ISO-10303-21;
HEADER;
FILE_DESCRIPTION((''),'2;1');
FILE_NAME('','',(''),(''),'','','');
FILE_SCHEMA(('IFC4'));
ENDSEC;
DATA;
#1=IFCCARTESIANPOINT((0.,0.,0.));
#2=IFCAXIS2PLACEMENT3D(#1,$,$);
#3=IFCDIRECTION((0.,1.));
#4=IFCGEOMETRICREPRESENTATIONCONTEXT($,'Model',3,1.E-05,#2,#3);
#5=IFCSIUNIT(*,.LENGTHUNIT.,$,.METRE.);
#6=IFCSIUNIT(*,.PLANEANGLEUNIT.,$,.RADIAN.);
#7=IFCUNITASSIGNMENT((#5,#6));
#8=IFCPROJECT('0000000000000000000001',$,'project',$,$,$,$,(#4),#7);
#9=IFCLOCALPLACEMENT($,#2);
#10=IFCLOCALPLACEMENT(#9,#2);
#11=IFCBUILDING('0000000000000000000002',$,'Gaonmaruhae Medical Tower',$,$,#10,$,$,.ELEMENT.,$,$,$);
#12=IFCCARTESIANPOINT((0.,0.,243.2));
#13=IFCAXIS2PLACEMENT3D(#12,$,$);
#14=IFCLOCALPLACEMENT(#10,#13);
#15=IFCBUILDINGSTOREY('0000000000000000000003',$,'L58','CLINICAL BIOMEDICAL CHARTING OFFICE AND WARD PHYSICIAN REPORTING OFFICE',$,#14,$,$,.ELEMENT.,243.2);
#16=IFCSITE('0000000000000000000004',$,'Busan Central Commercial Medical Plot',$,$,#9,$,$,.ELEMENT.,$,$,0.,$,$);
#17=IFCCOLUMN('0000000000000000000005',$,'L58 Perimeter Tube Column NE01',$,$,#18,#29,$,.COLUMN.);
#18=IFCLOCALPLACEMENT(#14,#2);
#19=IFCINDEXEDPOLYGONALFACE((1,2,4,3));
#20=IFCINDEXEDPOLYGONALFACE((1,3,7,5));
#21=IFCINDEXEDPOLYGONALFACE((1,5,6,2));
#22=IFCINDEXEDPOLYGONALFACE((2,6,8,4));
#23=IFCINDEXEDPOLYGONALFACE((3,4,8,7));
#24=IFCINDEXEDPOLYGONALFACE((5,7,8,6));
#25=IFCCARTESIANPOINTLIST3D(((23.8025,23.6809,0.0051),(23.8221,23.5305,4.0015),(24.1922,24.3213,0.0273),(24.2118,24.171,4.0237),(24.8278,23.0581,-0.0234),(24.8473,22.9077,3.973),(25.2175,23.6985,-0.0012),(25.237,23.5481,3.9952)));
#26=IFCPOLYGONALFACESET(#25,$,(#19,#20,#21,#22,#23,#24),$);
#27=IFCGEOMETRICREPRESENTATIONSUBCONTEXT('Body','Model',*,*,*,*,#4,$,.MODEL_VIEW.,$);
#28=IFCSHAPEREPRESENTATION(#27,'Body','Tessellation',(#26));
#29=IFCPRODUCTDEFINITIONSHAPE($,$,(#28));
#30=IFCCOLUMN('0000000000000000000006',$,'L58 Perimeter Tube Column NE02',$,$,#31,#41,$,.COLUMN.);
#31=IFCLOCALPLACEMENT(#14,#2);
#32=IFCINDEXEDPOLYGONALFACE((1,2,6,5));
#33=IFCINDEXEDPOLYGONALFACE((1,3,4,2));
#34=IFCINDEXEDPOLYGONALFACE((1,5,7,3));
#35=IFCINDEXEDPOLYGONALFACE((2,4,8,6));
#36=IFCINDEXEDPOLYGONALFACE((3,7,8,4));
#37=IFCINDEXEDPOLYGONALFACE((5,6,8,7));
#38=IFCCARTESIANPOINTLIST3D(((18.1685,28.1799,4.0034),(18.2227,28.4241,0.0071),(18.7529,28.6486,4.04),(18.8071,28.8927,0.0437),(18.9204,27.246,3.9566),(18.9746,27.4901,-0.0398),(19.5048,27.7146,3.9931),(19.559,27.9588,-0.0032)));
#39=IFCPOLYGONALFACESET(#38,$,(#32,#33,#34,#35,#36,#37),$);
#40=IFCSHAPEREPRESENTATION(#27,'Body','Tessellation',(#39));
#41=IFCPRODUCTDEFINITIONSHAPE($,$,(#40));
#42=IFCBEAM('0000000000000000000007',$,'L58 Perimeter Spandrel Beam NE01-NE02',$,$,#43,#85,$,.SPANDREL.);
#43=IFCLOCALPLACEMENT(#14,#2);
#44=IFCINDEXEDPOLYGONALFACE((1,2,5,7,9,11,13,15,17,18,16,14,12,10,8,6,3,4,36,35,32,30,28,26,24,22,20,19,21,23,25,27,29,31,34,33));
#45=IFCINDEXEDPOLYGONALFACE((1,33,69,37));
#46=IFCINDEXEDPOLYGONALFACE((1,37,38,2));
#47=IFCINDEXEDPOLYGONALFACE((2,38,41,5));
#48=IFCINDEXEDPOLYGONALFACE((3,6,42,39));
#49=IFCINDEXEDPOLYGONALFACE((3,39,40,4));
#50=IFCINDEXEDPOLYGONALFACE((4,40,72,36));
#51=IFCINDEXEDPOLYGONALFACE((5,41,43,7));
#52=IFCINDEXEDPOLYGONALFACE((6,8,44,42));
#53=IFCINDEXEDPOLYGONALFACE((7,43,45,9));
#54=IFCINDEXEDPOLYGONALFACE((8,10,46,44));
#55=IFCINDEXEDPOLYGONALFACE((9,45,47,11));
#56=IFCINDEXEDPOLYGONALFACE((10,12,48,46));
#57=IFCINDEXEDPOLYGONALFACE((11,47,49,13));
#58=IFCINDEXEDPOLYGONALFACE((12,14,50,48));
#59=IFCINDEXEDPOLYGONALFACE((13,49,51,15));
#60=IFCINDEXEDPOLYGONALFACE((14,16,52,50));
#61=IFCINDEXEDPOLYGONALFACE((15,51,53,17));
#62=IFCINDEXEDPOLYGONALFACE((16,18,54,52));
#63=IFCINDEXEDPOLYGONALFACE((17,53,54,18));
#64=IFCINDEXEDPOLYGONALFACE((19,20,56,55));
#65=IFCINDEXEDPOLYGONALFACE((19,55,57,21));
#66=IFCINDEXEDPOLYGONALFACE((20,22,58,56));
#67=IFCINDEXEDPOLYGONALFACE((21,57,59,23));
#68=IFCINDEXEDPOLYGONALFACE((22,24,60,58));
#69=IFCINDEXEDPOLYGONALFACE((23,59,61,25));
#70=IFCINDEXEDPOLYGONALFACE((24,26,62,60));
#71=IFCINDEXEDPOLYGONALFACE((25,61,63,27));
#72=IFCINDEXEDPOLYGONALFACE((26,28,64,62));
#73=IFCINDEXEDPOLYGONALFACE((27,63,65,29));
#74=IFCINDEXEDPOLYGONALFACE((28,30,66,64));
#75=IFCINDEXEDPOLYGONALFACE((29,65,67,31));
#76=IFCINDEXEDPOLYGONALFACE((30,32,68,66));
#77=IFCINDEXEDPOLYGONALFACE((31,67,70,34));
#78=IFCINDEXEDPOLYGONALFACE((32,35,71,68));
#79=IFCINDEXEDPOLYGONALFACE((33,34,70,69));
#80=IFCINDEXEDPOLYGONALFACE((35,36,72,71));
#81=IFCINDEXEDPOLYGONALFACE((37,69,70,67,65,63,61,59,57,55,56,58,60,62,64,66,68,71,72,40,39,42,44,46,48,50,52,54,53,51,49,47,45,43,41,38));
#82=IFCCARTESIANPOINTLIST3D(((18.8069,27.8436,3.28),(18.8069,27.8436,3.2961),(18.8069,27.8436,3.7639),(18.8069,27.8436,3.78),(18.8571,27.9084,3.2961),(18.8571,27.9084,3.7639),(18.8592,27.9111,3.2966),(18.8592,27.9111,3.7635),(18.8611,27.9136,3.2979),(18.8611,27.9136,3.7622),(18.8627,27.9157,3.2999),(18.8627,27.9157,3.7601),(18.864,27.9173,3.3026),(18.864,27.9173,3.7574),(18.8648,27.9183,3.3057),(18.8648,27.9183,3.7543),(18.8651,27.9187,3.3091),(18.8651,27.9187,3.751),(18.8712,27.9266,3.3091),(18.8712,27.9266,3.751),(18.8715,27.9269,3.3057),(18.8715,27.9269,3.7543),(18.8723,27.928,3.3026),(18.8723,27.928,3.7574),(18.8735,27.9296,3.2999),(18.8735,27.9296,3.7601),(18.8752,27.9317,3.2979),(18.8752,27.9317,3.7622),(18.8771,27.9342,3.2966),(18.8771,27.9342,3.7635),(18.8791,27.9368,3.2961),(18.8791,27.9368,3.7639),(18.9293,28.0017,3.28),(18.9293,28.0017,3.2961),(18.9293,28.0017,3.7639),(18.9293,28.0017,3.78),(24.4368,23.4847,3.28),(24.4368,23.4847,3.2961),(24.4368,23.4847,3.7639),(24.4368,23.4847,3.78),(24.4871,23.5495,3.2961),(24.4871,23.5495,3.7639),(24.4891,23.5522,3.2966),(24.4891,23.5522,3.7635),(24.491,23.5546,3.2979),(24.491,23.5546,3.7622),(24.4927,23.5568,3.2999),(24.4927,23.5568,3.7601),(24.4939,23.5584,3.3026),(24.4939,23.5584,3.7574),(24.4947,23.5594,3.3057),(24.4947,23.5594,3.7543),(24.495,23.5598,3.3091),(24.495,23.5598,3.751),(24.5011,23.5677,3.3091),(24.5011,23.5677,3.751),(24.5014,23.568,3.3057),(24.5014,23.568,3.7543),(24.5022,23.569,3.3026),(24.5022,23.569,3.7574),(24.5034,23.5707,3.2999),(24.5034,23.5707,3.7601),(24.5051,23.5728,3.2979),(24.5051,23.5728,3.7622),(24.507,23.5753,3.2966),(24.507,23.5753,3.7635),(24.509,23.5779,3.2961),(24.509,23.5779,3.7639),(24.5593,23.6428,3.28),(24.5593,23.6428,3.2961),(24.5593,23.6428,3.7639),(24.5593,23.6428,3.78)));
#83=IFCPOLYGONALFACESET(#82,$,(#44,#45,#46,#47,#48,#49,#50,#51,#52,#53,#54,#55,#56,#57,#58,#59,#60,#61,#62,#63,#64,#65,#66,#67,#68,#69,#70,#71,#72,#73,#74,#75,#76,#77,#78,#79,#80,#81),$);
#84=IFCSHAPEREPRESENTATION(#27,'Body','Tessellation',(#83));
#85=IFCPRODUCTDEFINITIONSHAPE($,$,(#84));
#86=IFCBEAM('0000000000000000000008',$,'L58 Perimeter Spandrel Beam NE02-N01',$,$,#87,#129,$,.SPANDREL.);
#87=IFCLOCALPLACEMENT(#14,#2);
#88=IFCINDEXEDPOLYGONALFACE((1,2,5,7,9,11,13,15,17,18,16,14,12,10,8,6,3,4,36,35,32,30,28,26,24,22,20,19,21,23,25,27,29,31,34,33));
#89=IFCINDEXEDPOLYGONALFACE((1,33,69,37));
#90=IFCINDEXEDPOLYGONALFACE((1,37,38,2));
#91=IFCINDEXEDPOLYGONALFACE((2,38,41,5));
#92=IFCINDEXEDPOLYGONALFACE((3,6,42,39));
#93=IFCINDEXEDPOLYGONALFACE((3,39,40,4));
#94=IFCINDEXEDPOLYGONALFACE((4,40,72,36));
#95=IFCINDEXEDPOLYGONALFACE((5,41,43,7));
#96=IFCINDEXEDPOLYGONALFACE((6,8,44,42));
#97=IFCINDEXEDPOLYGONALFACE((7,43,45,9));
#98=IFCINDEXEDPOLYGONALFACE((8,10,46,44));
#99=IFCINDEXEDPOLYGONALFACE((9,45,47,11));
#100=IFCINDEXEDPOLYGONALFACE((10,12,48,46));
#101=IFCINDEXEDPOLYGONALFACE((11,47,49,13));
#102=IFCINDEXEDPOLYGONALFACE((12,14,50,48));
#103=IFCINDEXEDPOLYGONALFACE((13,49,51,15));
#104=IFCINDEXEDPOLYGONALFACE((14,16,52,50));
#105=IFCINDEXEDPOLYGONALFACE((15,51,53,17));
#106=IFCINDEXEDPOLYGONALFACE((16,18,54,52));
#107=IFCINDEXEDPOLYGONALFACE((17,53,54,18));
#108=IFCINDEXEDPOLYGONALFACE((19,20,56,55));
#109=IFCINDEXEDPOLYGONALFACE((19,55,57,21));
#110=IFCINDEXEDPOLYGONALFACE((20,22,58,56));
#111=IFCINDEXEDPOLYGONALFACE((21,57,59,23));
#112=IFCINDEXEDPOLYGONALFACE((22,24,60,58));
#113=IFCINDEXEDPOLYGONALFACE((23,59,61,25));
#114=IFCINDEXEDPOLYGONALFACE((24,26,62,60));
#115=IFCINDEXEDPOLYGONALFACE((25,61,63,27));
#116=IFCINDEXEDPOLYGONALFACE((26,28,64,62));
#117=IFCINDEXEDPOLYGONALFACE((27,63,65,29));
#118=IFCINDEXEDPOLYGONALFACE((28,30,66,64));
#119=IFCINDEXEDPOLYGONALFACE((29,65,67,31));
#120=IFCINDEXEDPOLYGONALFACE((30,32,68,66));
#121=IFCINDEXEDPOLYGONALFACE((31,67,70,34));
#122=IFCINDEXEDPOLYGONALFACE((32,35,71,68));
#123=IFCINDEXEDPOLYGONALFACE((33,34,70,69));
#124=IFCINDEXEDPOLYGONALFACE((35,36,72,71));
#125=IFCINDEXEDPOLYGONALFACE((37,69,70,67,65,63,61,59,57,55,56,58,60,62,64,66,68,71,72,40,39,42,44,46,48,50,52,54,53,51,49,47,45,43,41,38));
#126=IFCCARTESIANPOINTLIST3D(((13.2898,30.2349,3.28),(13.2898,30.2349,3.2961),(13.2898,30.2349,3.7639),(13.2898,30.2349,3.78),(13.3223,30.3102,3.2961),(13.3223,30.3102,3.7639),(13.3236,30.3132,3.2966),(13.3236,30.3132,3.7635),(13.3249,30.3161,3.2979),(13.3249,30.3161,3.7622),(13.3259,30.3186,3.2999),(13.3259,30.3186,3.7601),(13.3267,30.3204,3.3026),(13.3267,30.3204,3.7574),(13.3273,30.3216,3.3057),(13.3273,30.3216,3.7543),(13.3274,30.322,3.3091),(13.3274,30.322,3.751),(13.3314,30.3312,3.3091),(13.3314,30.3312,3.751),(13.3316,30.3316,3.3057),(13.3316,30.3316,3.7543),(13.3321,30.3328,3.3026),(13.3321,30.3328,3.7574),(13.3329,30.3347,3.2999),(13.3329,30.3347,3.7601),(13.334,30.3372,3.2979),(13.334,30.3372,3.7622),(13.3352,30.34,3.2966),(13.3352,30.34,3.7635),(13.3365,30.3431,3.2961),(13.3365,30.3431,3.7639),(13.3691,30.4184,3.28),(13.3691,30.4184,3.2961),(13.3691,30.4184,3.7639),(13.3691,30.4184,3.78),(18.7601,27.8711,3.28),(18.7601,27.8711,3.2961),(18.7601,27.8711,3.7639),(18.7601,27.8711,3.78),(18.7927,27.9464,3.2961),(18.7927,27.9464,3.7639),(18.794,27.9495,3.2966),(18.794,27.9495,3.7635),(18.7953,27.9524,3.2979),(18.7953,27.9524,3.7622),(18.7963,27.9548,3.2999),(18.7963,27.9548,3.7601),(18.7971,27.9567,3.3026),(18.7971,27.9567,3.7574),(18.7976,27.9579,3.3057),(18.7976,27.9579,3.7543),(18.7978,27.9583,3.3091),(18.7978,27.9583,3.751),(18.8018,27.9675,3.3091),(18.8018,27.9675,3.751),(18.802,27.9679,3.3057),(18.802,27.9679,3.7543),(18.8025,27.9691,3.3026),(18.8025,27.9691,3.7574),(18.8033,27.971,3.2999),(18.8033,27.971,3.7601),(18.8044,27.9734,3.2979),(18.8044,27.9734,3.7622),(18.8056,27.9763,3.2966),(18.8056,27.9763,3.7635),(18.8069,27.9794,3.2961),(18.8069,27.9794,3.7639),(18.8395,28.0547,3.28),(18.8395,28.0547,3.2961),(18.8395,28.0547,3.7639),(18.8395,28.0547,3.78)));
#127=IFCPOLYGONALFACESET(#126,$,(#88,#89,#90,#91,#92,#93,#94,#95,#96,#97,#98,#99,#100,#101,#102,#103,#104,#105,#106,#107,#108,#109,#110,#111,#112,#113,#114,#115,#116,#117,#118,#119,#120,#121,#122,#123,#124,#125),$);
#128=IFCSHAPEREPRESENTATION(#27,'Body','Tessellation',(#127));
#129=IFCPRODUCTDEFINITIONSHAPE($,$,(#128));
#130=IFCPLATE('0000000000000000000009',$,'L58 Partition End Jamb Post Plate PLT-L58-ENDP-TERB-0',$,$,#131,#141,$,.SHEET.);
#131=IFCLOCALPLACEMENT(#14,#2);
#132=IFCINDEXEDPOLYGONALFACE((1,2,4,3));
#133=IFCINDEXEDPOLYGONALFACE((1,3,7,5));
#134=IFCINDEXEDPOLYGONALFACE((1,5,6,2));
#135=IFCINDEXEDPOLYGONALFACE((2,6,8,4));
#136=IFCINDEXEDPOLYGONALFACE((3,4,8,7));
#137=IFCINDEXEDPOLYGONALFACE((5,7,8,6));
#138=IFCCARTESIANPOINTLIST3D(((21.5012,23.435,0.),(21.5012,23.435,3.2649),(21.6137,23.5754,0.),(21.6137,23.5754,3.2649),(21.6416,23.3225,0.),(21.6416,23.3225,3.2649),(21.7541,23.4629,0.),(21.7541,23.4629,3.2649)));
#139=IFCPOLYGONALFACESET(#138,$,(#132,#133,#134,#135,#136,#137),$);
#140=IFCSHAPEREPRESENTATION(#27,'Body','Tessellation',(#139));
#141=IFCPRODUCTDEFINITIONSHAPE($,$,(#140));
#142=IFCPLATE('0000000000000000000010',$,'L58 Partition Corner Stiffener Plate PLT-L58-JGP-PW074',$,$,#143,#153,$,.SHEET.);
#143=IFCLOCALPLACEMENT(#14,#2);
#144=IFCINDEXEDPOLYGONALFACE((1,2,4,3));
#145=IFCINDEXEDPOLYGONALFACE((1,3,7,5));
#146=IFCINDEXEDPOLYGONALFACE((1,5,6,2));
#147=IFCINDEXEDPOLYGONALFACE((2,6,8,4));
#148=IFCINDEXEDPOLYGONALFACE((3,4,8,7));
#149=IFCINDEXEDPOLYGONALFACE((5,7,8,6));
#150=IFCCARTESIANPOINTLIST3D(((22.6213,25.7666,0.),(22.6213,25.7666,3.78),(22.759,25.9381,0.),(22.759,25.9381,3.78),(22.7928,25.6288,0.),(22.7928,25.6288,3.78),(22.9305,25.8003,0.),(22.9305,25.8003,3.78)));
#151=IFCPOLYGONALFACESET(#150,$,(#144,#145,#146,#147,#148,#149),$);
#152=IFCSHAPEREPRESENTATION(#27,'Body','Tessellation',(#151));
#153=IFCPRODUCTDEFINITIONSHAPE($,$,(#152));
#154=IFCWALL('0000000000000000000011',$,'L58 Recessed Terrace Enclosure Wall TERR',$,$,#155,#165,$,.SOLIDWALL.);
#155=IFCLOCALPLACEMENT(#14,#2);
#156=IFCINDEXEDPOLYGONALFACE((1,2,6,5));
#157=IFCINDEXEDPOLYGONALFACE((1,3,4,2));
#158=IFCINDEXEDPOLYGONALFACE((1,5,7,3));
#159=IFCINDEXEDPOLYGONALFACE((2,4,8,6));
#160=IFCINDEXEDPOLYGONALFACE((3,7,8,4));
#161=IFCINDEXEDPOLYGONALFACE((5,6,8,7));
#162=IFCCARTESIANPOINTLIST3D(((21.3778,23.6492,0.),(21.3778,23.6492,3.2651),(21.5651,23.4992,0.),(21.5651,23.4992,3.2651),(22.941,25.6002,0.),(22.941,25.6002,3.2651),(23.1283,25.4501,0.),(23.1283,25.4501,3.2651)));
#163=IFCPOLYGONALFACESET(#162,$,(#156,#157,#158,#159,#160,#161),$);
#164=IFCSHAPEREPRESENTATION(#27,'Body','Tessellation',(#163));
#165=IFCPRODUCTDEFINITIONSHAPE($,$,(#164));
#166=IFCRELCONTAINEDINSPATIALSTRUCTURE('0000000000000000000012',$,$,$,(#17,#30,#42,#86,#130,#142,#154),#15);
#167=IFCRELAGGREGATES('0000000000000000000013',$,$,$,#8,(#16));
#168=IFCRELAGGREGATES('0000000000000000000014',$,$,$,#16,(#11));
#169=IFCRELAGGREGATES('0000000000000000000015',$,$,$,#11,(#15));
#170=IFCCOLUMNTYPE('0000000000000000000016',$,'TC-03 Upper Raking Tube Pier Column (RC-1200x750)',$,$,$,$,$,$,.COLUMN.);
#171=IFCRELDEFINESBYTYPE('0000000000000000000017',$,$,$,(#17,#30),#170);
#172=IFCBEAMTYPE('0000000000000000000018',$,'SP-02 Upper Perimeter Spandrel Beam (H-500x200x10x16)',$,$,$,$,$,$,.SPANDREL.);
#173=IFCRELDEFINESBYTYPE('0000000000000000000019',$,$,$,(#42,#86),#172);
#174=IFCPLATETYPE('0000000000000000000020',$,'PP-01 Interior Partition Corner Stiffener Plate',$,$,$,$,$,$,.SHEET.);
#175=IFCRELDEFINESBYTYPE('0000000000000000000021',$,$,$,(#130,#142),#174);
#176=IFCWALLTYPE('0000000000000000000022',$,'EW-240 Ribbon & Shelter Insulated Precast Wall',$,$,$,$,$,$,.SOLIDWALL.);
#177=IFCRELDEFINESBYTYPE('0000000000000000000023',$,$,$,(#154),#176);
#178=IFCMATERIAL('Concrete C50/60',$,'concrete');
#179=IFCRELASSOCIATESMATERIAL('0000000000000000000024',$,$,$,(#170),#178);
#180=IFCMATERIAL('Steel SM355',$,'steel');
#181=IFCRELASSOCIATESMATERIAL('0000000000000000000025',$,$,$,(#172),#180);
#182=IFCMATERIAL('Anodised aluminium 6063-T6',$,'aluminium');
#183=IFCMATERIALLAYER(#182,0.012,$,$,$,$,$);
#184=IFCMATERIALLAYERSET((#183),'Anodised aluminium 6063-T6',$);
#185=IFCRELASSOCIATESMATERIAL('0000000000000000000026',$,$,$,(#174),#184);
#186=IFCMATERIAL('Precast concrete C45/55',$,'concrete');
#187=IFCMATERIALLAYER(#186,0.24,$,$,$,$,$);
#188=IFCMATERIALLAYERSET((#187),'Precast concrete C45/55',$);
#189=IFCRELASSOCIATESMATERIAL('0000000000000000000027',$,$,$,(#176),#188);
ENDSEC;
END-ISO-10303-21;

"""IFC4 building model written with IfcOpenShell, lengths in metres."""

from ifc_helpers import new_model, si_unit, direction, frame, frame_2d, origin, origin_2d, place, context, subcontext, project, spatial, rectangle, i_section, extrude, material, layer, layer_set, material_profile, profile_set, type_object, element, save


model = new_model("IFC4")

# Units and contexts
model_context = context("Model", 3, precision=1e-05, world=origin(), true_north=direction((0.0, 1.0)))
body_context = subcontext(model_context, "Body", "Model", "MODEL_VIEW")
ifc_project = project(units=[si_unit("LENGTHUNIT", "METRE"), si_unit("PLANEANGLEUNIT", "RADIAN")], contexts=[model_context])

# Site, building, storey
site_placement = place(None, origin())
site = spatial("IfcSite", under=ifc_project, at=site_placement, Name="Busan Central Commercial Medical Plot", CompositionType="ELEMENT", RefElevation=0.0)
building_placement = place(site_placement, origin())
building = spatial("IfcBuilding", under=site, at=building_placement, Name="Gaonmaruhae Medical Tower", CompositionType="ELEMENT")
storey_placement = place(building_placement, frame((0.0, 0.0, 243.2)))
storey = spatial("IfcBuildingStorey", under=building, at=storey_placement, Name="L58", Description="CLINICAL BIOMEDICAL CHARTING OFFICE AND WARD PHYSICIAN REPORTING OFFICE", CompositionType="ELEMENT", Elevation=243.2)

# Columns
ifc_material_1 = material(Name="Concrete C50/60", Category="concrete")
ifc_material_profile_1 = material_profile(ifc_material_1, rectangle(XDim=1.2, YDim=0.75, at=origin_2d()), Name="RC-1200x750")
ifc_profile_set_1 = profile_set([ifc_material_profile_1], Name="Concrete C50/60")
column_type = type_object("IfcColumnType", Name="TC-03 Upper Raking Tube Pier Column (RC-1200x750)", PredefinedType="COLUMN", material=ifc_profile_set_1)
column_1_placement = place(storey_placement, frame((24.51, 23.6897, 0.002), z_axis=(0.004884, -0.037605, 0.999281), x_axis=(-0.854397, 0.519079, 0.02371)))
element("IfcColumn", 1, at=column_1_placement, inside=storey, type_object=column_type, Name="L58 Perimeter Tube Column NE01", PredefinedType="COLUMN", context=body_context, shape_type="SweptSolid", body=[
    extrude(rectangle(XDim=1.2, YDim=0.75, at=origin_2d()), origin(), (0.0, 0.0, 1.0), 3.9993),
])
column_2_placement = place(storey_placement, frame((18.8909, 28.1914, 0.002), z_axis=(-0.013536, -0.060972, 0.998048), x_axis=(-0.626642, 0.778329, 0.03905)))
element("IfcColumn", 2, at=column_2_placement, inside=storey, type_object=column_type, Name="L58 Perimeter Tube Column NE02", PredefinedType="COLUMN", context=body_context, shape_type="SweptSolid", body=[
    extrude(rectangle(XDim=1.2, YDim=0.75, at=origin_2d()), origin(), (0.0, 0.0, 1.0), 4.0042),
])

# Beams
ifc_material_2 = material(Name="Steel SM355", Category="steel")
ifc_material_profile_2 = material_profile(ifc_material_2, i_section(OverallWidth=0.2, OverallDepth=0.5, WebThickness=0.01, FlangeThickness=0.0161, FilletRadius=0.0129, at=origin_2d()), Name="H-500x200x10x16")
ifc_profile_set_2 = profile_set([ifc_material_profile_2], Name="Steel SM355")
beam_type = type_object("IfcBeamType", Name="SP-02 Upper Perimeter Spandrel Beam (H-500x200x10x16)", PredefinedType="SPANDREL", material=ifc_profile_set_2)
beam_1_placement = place(storey_placement, frame((24.498, 23.5637, 3.53), z_axis=(-0.790706, 0.612197, 0.0), x_axis=(-0.612197, -0.790706, 0.0)))
element("IfcBeam", 3, at=beam_1_placement, inside=storey, type_object=beam_type, Name="L58 Perimeter Spandrel Beam NE01-NE02", PredefinedType="SPANDREL", context=body_context, shape_type="SweptSolid", body=[
    extrude(i_section(OverallWidth=0.2, OverallDepth=0.5, WebThickness=0.01, FlangeThickness=0.0161, FilletRadius=0.0129, at=origin_2d()), origin(), (0.0, 0.0, 1.0), 7.1201),
])
beam_2_placement = place(storey_placement, frame((18.7998, 27.9629, 3.53), z_axis=(-0.917969, 0.396652, 0.0), x_axis=(-0.396652, -0.917969, 0.0)))
element("IfcBeam", 4, at=beam_2_placement, inside=storey, type_object=beam_type, Name="L58 Perimeter Spandrel Beam NE02-N01", PredefinedType="SPANDREL", context=body_context, shape_type="SweptSolid", body=[
    extrude(i_section(OverallWidth=0.2, OverallDepth=0.5, WebThickness=0.01, FlangeThickness=0.0161, FilletRadius=0.0129, at=origin_2d()), origin(), (0.0, 0.0, 1.0), 5.9592),
])

# Plates
ifc_material_3 = material(Name="Anodised aluminium 6063-T6", Category="aluminium")
ifc_layer_1 = layer(ifc_material_3, 0.012)
ifc_layer_set_1 = layer_set([ifc_layer_1], Name="Anodised aluminium 6063-T6")
plate_type = type_object("IfcPlateType", Name="PP-01 Interior Partition Corner Stiffener Plate", PredefinedType="SHEET", material=ifc_layer_set_1)
plate_1_placement = place(storey_placement, frame((21.6277, 23.449, 0.0), z_axis=(0.0, 0.0, 1.0), x_axis=(0.780441, -0.625229, 0.0)))
element("IfcPlate", 5, at=plate_1_placement, inside=storey, type_object=plate_type, Name="L58 Partition End Jamb Post Plate PLT-L58-ENDP-TERB-0", PredefinedType="SHEET", context=body_context, shape_type="SweptSolid", body=[
    extrude(rectangle(XDim=0.1799, YDim=0.1799, at=origin_2d()), origin(), (0.0, 0.0, 1.0), 3.2649),
])
plate_2_placement = place(storey_placement, frame((22.7759, 25.7834, 0.0), z_axis=(0.0, 0.0, 1.0), x_axis=(0.779633, -0.626236, 0.0)))
element("IfcPlate", 6, at=plate_2_placement, inside=storey, type_object=plate_type, Name="L58 Partition Corner Stiffener Plate PLT-L58-JGP-PW074", PredefinedType="SHEET", context=body_context, shape_type="SweptSolid", body=[
    extrude(rectangle(XDim=0.22, YDim=0.22, at=origin_2d()), origin(), (0.0, 0.0, 1.0), 3.78),
])

# Wall
ifc_material_4 = material(Name="Precast concrete C45/55", Category="concrete")
ifc_layer_2 = layer(ifc_material_4, 0.24)
ifc_layer_set_2 = layer_set([ifc_layer_2], Name="Precast concrete C45/55")
wall_type_1 = type_object("IfcWallType", Name="EW-240 Ribbon & Shelter Insulated Precast Wall", PredefinedType="SOLIDWALL", material=ifc_layer_set_2)
wall_1_placement = place(storey_placement, frame((23.0347, 25.5251, 0.0), z_axis=(0.0, 0.0, 1.0), x_axis=(-0.625302, -0.780383, 0.0)))
element("IfcWall", 7, at=wall_1_placement, inside=storey, type_object=wall_type_1, Name="L58 Recessed Terrace Enclosure Wall TERR", PredefinedType="SOLIDWALL", context=body_context, shape_type="SweptSolid", body=[
    extrude(rectangle(XDim=2.5, YDim=0.24, at=frame_2d((1.25, 0.0))), origin(), (0.0, 0.0, 1.0), 3.2651),
])

save(model, "model.ifc")
